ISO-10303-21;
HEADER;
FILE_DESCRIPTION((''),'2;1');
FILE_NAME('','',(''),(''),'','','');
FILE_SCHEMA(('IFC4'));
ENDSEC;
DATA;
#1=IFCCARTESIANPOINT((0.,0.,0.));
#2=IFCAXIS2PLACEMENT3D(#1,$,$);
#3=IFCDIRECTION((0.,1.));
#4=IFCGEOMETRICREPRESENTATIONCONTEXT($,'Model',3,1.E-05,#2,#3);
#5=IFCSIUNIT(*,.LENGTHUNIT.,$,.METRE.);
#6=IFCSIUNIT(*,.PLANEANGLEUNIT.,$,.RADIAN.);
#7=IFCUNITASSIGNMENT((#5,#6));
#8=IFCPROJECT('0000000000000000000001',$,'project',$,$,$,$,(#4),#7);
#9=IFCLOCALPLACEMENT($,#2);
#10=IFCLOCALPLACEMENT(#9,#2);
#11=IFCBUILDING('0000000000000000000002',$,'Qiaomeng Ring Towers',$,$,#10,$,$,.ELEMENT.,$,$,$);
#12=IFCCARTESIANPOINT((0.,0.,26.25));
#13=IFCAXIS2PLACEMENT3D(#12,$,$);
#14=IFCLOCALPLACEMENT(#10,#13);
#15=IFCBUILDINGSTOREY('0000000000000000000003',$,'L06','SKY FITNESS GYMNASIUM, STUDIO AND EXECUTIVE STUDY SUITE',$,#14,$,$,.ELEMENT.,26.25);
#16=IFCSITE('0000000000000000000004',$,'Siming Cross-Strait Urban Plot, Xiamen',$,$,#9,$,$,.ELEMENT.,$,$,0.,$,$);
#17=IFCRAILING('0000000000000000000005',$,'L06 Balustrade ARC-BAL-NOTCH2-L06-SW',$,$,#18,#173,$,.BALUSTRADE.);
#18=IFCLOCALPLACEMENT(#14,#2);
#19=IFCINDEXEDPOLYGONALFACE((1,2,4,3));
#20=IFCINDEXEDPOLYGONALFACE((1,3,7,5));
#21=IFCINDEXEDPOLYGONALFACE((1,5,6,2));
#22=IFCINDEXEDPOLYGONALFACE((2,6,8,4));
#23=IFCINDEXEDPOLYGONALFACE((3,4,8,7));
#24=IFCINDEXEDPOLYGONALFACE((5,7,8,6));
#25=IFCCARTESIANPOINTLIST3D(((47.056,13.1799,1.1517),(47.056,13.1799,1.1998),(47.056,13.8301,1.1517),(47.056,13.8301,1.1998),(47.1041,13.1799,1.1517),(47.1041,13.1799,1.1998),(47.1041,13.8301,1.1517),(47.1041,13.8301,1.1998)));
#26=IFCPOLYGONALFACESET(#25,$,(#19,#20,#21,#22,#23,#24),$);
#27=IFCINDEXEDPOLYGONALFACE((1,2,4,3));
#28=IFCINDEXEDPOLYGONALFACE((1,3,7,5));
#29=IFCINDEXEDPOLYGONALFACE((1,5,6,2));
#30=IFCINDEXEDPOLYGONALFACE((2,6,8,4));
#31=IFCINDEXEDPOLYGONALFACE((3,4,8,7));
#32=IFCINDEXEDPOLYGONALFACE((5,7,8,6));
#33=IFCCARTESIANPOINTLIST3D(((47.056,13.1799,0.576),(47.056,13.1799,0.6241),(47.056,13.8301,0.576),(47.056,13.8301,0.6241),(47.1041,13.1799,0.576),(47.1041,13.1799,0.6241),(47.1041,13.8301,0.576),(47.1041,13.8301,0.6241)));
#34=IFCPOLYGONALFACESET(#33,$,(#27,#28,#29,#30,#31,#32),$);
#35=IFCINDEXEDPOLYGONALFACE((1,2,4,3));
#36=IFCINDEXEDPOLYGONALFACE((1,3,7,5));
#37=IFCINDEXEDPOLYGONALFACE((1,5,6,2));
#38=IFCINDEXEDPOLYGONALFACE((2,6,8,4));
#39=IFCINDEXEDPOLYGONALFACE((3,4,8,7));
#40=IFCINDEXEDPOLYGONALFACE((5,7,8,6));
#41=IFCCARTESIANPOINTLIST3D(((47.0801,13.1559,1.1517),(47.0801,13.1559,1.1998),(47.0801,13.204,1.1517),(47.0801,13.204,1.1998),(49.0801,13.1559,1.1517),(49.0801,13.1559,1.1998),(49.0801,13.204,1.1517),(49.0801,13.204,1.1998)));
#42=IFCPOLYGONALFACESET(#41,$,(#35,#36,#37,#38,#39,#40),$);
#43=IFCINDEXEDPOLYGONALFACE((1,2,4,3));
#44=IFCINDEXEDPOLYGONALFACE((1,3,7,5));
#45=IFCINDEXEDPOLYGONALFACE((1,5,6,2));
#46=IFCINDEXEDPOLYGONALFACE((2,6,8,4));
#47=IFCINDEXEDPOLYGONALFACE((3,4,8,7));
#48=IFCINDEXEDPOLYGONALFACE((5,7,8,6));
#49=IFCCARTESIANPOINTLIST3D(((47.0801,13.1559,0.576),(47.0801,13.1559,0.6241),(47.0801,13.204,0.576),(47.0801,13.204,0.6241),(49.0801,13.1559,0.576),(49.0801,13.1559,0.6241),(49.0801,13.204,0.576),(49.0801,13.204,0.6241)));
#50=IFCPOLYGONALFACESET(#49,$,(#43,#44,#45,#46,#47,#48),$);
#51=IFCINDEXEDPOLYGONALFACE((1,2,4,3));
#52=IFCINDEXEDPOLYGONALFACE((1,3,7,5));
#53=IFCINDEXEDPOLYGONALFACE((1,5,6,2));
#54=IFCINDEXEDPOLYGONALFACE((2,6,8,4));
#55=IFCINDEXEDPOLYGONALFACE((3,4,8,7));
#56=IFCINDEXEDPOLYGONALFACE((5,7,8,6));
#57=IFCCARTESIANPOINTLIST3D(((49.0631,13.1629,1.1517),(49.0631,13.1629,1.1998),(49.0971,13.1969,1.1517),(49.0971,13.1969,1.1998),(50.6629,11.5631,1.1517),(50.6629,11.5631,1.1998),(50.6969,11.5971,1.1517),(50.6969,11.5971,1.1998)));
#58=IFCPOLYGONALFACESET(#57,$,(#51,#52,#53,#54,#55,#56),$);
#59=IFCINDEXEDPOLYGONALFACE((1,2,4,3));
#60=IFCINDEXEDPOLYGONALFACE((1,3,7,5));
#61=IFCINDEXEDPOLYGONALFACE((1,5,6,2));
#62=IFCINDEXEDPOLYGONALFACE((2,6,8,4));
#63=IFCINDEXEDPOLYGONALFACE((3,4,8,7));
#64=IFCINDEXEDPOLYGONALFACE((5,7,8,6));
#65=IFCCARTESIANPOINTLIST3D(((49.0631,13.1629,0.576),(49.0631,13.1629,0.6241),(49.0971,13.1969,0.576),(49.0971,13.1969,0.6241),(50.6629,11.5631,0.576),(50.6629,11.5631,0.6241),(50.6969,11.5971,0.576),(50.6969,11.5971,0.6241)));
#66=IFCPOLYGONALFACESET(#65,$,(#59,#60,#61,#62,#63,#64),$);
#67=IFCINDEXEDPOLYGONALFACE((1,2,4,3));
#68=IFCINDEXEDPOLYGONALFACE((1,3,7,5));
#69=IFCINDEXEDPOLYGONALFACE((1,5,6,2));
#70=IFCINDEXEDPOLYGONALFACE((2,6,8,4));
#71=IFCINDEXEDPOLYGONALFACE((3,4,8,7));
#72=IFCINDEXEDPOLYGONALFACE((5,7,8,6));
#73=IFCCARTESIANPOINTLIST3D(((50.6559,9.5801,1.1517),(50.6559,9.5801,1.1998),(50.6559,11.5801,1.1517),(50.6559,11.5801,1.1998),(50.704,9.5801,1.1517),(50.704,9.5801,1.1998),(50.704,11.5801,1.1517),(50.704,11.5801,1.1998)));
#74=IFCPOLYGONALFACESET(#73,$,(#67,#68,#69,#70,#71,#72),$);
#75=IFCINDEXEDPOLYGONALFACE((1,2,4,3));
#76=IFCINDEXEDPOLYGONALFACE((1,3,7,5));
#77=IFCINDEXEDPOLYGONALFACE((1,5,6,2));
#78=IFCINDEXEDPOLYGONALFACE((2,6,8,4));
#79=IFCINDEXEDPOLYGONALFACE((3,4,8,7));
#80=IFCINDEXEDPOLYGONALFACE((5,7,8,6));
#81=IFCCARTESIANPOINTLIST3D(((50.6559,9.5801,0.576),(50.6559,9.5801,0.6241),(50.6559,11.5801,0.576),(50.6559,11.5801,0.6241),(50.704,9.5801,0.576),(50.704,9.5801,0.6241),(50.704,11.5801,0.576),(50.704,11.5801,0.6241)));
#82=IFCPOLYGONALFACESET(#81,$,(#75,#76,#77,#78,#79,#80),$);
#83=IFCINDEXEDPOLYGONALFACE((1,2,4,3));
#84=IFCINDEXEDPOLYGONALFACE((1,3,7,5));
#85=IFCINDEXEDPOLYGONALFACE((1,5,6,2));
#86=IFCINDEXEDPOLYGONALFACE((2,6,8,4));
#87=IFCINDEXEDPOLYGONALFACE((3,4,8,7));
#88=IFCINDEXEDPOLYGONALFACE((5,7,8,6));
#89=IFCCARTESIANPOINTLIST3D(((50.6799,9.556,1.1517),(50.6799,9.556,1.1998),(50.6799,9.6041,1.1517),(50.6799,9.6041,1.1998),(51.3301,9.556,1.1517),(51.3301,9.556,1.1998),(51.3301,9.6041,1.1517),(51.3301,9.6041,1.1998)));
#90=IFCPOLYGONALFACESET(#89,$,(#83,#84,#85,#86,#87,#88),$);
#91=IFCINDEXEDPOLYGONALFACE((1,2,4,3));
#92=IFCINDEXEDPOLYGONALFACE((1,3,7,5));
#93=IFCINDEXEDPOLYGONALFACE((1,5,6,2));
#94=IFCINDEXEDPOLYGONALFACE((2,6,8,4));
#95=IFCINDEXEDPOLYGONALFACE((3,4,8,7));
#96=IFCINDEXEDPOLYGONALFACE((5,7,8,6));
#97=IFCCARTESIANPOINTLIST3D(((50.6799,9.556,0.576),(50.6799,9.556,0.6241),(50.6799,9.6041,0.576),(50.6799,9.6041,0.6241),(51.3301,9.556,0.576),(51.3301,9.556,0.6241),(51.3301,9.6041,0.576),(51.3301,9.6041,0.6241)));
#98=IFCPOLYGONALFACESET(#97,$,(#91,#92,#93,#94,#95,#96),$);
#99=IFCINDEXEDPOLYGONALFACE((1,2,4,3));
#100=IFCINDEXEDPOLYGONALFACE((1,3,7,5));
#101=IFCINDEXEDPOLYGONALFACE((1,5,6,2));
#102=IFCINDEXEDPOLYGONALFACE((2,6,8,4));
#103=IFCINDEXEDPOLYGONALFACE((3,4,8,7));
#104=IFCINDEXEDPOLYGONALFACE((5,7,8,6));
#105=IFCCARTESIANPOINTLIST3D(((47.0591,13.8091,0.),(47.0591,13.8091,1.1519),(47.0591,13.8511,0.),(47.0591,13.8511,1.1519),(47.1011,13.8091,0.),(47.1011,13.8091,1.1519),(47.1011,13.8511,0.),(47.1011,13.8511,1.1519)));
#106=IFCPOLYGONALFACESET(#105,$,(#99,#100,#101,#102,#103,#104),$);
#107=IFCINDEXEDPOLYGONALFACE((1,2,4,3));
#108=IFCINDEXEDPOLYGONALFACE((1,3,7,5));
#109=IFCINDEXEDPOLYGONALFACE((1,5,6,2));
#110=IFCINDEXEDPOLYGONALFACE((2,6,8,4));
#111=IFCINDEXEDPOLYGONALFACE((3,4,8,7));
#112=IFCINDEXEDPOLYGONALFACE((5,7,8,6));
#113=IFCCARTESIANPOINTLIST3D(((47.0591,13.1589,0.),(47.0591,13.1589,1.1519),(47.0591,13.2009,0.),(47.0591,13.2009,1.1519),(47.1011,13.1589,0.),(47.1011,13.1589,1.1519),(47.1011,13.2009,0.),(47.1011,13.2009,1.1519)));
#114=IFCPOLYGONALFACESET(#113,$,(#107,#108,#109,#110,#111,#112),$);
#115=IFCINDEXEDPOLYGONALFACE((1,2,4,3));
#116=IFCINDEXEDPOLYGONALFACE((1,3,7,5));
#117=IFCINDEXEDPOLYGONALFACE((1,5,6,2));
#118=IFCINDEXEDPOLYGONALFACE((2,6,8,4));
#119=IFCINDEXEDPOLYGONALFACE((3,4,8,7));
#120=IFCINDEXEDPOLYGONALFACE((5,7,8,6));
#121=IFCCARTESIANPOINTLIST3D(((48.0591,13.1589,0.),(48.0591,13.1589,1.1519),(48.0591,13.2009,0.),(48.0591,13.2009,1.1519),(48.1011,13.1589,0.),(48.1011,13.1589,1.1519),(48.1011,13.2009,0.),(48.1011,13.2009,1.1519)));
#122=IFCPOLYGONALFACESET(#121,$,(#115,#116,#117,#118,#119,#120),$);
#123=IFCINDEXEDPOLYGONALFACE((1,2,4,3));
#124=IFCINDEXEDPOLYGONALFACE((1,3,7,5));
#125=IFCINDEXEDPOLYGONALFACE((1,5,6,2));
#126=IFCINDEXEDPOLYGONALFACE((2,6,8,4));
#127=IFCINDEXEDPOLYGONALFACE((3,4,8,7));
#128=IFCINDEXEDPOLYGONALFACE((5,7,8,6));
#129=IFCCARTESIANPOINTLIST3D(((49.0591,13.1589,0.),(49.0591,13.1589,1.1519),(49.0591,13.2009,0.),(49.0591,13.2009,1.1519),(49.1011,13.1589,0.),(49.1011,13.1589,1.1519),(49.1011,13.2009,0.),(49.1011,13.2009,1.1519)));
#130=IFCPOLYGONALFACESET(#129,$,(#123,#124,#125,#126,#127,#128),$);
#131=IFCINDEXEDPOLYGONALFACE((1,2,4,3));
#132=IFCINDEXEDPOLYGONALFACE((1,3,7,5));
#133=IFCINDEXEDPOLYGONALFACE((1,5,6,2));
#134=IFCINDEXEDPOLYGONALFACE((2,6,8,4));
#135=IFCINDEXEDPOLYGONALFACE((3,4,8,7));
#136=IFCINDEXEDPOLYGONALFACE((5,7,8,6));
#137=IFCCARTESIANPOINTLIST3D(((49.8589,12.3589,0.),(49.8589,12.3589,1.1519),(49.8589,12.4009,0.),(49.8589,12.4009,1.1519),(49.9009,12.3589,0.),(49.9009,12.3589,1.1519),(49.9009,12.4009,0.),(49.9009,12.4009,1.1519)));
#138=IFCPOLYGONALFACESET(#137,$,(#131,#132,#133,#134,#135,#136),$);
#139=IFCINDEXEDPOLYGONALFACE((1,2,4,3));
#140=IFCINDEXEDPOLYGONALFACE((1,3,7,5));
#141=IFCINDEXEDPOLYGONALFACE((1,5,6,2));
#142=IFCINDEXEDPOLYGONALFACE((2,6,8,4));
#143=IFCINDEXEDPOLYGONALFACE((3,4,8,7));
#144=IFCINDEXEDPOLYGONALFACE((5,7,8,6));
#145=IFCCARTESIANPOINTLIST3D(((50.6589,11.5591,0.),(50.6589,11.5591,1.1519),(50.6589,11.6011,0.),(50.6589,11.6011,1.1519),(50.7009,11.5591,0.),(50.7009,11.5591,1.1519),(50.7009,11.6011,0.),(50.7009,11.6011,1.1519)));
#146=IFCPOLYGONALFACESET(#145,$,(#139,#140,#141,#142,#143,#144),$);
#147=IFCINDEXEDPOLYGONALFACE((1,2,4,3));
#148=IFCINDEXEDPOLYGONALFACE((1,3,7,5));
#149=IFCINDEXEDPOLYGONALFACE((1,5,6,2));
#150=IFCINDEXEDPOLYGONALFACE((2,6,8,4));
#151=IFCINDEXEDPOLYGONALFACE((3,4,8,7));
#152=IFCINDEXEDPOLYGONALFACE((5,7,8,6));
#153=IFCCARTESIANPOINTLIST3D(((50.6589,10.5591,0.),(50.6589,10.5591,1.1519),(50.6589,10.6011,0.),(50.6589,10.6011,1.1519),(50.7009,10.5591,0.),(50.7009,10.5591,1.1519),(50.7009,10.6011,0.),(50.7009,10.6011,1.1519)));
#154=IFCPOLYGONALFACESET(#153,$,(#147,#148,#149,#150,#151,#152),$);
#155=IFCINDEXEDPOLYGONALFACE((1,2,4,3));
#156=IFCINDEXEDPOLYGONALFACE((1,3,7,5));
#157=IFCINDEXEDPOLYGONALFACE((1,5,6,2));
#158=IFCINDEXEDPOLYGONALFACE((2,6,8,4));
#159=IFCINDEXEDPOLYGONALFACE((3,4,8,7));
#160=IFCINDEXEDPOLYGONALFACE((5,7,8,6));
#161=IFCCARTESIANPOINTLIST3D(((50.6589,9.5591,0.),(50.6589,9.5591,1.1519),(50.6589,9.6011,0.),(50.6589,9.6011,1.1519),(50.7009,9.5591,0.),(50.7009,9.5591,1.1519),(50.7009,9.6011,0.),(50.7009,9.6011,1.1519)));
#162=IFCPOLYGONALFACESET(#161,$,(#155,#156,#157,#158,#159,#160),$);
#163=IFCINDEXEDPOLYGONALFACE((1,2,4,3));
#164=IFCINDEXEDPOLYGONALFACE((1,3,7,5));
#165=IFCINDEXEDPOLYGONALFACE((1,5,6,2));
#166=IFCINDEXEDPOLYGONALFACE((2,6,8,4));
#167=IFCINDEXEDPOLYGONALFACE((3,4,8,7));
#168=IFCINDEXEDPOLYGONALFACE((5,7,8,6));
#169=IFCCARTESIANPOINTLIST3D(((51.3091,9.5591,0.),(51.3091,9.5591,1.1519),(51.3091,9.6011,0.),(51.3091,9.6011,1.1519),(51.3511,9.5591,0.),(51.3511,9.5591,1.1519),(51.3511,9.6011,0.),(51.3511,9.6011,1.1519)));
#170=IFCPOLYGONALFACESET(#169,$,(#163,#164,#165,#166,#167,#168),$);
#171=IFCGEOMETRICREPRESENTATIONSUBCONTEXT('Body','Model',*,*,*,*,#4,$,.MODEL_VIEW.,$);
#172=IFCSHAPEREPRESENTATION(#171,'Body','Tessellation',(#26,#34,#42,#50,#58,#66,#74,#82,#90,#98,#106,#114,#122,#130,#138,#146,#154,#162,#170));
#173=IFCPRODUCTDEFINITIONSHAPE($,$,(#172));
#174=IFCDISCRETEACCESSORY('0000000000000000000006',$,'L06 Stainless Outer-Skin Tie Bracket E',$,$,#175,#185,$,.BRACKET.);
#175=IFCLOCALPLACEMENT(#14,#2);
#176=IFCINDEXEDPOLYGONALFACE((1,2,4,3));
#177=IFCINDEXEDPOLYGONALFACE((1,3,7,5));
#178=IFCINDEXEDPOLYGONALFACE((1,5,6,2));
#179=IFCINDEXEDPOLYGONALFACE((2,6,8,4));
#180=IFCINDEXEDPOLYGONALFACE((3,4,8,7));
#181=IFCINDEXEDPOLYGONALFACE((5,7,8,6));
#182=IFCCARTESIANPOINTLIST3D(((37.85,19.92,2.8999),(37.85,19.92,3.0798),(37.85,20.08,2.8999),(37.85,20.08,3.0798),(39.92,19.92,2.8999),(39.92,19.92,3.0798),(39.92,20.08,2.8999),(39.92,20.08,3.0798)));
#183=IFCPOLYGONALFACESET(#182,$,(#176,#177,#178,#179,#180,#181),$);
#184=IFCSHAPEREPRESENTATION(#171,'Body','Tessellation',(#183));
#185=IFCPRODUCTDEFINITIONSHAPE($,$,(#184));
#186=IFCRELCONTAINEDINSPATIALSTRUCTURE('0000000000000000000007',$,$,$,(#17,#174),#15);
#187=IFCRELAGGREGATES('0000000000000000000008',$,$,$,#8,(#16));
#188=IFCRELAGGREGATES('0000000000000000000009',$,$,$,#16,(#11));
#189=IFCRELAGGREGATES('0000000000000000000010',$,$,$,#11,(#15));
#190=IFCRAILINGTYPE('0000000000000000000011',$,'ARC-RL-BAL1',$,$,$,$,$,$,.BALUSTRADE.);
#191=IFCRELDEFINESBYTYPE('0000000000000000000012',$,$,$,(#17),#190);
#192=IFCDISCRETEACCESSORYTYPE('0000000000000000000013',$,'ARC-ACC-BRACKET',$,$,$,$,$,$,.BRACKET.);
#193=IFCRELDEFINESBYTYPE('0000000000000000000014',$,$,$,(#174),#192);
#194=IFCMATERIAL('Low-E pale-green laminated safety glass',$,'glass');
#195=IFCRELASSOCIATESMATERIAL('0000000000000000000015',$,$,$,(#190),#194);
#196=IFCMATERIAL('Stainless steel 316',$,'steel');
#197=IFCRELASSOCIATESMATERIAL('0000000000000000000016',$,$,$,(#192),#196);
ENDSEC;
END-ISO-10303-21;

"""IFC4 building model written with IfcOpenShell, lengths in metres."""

from ifc_helpers import new_model, si_unit, direction, frame, origin, origin_2d, place, context, subcontext, project, spatial, rectangle, extrude, source, transform, mapped, material, type_object, element, save


model = new_model("IFC4")

# Units and contexts
model_context = context("Model", 3, precision=1e-05, world=origin(), true_north=direction((0.0, 1.0)))
body_context = subcontext(model_context, "Body", "Model", "MODEL_VIEW")
ifc_project = project(units=[si_unit("LENGTHUNIT", "METRE"), si_unit("PLANEANGLEUNIT", "RADIAN")], contexts=[model_context])

# Site, building, storey
site_placement = place(None, origin())
site = spatial("IfcSite", under=ifc_project, at=site_placement, Name="Siming Cross-Strait Urban Plot, Xiamen", CompositionType="ELEMENT", RefElevation=0.0)
building_placement = place(site_placement, origin())
building = spatial("IfcBuilding", under=site, at=building_placement, Name="Qiaomeng Ring Towers", CompositionType="ELEMENT")
storey_placement = place(building_placement, frame((0.0, 0.0, 26.25)))
storey = spatial("IfcBuildingStorey", under=building, at=storey_placement, Name="L06", Description="SKY FITNESS GYMNASIUM, STUDIO AND EXECUTIVE STUDY SUITE", CompositionType="ELEMENT", Elevation=26.25)

# Shared definitions
ifc_material_1 = material(Name="Stainless steel 316", Category="steel")

# Railing
ifc_material_2 = material(Name="Low-E pale-green laminated safety glass", Category="glass")
railing_type = type_object("IfcRailingType", Name="ARC-RL-BAL1", PredefinedType="BALUSTRADE", material=ifc_material_2)
railing_1_placement = place(storey_placement, frame((47.0801, 13.8301, 0.0)))
element("IfcRailing", 1, at=railing_1_placement, inside=storey, type_object=railing_type, Name="L06 Balustrade ARC-BAL-NOTCH2-L06-SW", PredefinedType="BALUSTRADE", context=body_context, shape_type="SweptSolid", body=[
    extrude(rectangle(XDim=0.0481, YDim=0.0481, at=origin_2d()), frame((0.0, 0.0, 1.1758), z_axis=(0.0, -1.0, 0.0), x_axis=(1.0, 0.0, 0.0)), (0.0, 0.0, 1.0), 0.6501),
    extrude(rectangle(XDim=0.0481, YDim=0.0481, at=origin_2d()), frame((0.0, 0.0, 0.6001), z_axis=(0.0, -1.0, 0.0), x_axis=(1.0, 0.0, 0.0)), (0.0, 0.0, 1.0), 0.6501),
    extrude(rectangle(XDim=0.0481, YDim=0.0481, at=origin_2d()), frame((0.0, -0.6501, 1.1758), z_axis=(1.0, 0.0, 0.0), x_axis=(0.0, 1.0, 0.0)), (0.0, 0.0, 1.0), 2.0),
    extrude(rectangle(XDim=0.0481, YDim=0.0481, at=origin_2d()), frame((0.0, -0.6501, 0.6001), z_axis=(1.0, 0.0, 0.0), x_axis=(0.0, 1.0, 0.0)), (0.0, 0.0, 1.0), 2.0),
    extrude(rectangle(XDim=0.0481, YDim=0.0481, at=origin_2d()), frame((2.0, -0.6501, 1.1758), z_axis=(0.707107, -0.707107, 0.0), x_axis=(0.707107, 0.707107, 0.0)), (0.0, 0.0, 1.0), 2.2625),
    extrude(rectangle(XDim=0.0481, YDim=0.0481, at=origin_2d()), frame((2.0, -0.6501, 0.6001), z_axis=(0.707107, -0.707107, 0.0), x_axis=(0.707107, 0.707107, 0.0)), (0.0, 0.0, 1.0), 2.2625),
    extrude(rectangle(XDim=0.0481, YDim=0.0481, at=origin_2d()), frame((3.5999, -2.25, 1.1758), z_axis=(0.0, -1.0, 0.0), x_axis=(1.0, 0.0, 0.0)), (0.0, 0.0, 1.0), 2.0),
    extrude(rectangle(XDim=0.0481, YDim=0.0481, at=origin_2d()), frame((3.5999, -2.25, 0.6001), z_axis=(0.0, -1.0, 0.0), x_axis=(1.0, 0.0, 0.0)), (0.0, 0.0, 1.0), 2.0),
    extrude(rectangle(XDim=0.0481, YDim=0.0481, at=origin_2d()), frame((3.5999, -4.25, 1.1758), z_axis=(1.0, 0.0, 0.0), x_axis=(0.0, 1.0, 0.0)), (0.0, 0.0, 1.0), 0.6501),
    extrude(rectangle(XDim=0.0481, YDim=0.0481, at=origin_2d()), frame((3.5999, -4.25, 0.6001), z_axis=(1.0, 0.0, 0.0), x_axis=(0.0, 1.0, 0.0)), (0.0, 0.0, 1.0), 0.6501),
    extrude(rectangle(XDim=0.042, YDim=0.042, at=origin_2d()), origin(), (0.0, 0.0, 1.0), 1.1519),
    extrude(rectangle(XDim=0.042, YDim=0.042, at=origin_2d()), frame((0.0, -0.6501, 0.0)), (0.0, 0.0, 1.0), 1.1519),
    extrude(rectangle(XDim=0.042, YDim=0.042, at=origin_2d()), frame((1.0, -0.6501, 0.0)), (0.0, 0.0, 1.0), 1.1519),
    extrude(rectangle(XDim=0.042, YDim=0.042, at=origin_2d()), frame((2.0, -0.6501, 0.0)), (0.0, 0.0, 1.0), 1.1519),
    extrude(rectangle(XDim=0.042, YDim=0.042, at=origin_2d()), frame((2.7998, -1.4502, 0.0)), (0.0, 0.0, 1.0), 1.1519),
    extrude(rectangle(XDim=0.042, YDim=0.042, at=origin_2d()), frame((3.5999, -2.25, 0.0)), (0.0, 0.0, 1.0), 1.1519),
    extrude(rectangle(XDim=0.042, YDim=0.042, at=origin_2d()), frame((3.5999, -3.25, 0.0)), (0.0, 0.0, 1.0), 1.1519),
    extrude(rectangle(XDim=0.042, YDim=0.042, at=origin_2d()), frame((3.5999, -4.25, 0.0)), (0.0, 0.0, 1.0), 1.1519),
    extrude(rectangle(XDim=0.042, YDim=0.042, at=origin_2d()), frame((4.25, -4.25, 0.0)), (0.0, 0.0, 1.0), 1.1519),
])

# Discrete accessory
discrete_accessory_type = type_object("IfcDiscreteAccessoryType", Name="ARC-ACC-BRACKET", PredefinedType="BRACKET", material=ifc_material_1)
shared_shape_1 = source(origin(), body_context, "Body", "SweptSolid", [
    extrude(rectangle(XDim=2.0701, YDim=0.1599, at=origin_2d()), origin(), (0.0, 0.0, 1.0), 0.1799),
])
discrete_accessory_placement = place(storey_placement, frame((38.885, 20.0, 2.8999), z_axis=(0.0, 0.0, 1.0), x_axis=(1.0, 0.0, 0.0)))
element("IfcDiscreteAccessory", 2, at=discrete_accessory_placement, inside=storey, type_object=discrete_accessory_type, Name="L06 Stainless Outer-Skin Tie Bracket E", PredefinedType="BRACKET", context=body_context, shape_type="MappedRepresentation", body=[
    mapped(shared_shape_1, transform((0.0, 0.0, 0.0), x_axis=(1.0, 0.0, 0.0), y_axis=(0.0, 1.0, 0.0), z_axis=(0.0, 0.0, 1.0), scale=1.0)),
])

save(model, "model.ifc")
